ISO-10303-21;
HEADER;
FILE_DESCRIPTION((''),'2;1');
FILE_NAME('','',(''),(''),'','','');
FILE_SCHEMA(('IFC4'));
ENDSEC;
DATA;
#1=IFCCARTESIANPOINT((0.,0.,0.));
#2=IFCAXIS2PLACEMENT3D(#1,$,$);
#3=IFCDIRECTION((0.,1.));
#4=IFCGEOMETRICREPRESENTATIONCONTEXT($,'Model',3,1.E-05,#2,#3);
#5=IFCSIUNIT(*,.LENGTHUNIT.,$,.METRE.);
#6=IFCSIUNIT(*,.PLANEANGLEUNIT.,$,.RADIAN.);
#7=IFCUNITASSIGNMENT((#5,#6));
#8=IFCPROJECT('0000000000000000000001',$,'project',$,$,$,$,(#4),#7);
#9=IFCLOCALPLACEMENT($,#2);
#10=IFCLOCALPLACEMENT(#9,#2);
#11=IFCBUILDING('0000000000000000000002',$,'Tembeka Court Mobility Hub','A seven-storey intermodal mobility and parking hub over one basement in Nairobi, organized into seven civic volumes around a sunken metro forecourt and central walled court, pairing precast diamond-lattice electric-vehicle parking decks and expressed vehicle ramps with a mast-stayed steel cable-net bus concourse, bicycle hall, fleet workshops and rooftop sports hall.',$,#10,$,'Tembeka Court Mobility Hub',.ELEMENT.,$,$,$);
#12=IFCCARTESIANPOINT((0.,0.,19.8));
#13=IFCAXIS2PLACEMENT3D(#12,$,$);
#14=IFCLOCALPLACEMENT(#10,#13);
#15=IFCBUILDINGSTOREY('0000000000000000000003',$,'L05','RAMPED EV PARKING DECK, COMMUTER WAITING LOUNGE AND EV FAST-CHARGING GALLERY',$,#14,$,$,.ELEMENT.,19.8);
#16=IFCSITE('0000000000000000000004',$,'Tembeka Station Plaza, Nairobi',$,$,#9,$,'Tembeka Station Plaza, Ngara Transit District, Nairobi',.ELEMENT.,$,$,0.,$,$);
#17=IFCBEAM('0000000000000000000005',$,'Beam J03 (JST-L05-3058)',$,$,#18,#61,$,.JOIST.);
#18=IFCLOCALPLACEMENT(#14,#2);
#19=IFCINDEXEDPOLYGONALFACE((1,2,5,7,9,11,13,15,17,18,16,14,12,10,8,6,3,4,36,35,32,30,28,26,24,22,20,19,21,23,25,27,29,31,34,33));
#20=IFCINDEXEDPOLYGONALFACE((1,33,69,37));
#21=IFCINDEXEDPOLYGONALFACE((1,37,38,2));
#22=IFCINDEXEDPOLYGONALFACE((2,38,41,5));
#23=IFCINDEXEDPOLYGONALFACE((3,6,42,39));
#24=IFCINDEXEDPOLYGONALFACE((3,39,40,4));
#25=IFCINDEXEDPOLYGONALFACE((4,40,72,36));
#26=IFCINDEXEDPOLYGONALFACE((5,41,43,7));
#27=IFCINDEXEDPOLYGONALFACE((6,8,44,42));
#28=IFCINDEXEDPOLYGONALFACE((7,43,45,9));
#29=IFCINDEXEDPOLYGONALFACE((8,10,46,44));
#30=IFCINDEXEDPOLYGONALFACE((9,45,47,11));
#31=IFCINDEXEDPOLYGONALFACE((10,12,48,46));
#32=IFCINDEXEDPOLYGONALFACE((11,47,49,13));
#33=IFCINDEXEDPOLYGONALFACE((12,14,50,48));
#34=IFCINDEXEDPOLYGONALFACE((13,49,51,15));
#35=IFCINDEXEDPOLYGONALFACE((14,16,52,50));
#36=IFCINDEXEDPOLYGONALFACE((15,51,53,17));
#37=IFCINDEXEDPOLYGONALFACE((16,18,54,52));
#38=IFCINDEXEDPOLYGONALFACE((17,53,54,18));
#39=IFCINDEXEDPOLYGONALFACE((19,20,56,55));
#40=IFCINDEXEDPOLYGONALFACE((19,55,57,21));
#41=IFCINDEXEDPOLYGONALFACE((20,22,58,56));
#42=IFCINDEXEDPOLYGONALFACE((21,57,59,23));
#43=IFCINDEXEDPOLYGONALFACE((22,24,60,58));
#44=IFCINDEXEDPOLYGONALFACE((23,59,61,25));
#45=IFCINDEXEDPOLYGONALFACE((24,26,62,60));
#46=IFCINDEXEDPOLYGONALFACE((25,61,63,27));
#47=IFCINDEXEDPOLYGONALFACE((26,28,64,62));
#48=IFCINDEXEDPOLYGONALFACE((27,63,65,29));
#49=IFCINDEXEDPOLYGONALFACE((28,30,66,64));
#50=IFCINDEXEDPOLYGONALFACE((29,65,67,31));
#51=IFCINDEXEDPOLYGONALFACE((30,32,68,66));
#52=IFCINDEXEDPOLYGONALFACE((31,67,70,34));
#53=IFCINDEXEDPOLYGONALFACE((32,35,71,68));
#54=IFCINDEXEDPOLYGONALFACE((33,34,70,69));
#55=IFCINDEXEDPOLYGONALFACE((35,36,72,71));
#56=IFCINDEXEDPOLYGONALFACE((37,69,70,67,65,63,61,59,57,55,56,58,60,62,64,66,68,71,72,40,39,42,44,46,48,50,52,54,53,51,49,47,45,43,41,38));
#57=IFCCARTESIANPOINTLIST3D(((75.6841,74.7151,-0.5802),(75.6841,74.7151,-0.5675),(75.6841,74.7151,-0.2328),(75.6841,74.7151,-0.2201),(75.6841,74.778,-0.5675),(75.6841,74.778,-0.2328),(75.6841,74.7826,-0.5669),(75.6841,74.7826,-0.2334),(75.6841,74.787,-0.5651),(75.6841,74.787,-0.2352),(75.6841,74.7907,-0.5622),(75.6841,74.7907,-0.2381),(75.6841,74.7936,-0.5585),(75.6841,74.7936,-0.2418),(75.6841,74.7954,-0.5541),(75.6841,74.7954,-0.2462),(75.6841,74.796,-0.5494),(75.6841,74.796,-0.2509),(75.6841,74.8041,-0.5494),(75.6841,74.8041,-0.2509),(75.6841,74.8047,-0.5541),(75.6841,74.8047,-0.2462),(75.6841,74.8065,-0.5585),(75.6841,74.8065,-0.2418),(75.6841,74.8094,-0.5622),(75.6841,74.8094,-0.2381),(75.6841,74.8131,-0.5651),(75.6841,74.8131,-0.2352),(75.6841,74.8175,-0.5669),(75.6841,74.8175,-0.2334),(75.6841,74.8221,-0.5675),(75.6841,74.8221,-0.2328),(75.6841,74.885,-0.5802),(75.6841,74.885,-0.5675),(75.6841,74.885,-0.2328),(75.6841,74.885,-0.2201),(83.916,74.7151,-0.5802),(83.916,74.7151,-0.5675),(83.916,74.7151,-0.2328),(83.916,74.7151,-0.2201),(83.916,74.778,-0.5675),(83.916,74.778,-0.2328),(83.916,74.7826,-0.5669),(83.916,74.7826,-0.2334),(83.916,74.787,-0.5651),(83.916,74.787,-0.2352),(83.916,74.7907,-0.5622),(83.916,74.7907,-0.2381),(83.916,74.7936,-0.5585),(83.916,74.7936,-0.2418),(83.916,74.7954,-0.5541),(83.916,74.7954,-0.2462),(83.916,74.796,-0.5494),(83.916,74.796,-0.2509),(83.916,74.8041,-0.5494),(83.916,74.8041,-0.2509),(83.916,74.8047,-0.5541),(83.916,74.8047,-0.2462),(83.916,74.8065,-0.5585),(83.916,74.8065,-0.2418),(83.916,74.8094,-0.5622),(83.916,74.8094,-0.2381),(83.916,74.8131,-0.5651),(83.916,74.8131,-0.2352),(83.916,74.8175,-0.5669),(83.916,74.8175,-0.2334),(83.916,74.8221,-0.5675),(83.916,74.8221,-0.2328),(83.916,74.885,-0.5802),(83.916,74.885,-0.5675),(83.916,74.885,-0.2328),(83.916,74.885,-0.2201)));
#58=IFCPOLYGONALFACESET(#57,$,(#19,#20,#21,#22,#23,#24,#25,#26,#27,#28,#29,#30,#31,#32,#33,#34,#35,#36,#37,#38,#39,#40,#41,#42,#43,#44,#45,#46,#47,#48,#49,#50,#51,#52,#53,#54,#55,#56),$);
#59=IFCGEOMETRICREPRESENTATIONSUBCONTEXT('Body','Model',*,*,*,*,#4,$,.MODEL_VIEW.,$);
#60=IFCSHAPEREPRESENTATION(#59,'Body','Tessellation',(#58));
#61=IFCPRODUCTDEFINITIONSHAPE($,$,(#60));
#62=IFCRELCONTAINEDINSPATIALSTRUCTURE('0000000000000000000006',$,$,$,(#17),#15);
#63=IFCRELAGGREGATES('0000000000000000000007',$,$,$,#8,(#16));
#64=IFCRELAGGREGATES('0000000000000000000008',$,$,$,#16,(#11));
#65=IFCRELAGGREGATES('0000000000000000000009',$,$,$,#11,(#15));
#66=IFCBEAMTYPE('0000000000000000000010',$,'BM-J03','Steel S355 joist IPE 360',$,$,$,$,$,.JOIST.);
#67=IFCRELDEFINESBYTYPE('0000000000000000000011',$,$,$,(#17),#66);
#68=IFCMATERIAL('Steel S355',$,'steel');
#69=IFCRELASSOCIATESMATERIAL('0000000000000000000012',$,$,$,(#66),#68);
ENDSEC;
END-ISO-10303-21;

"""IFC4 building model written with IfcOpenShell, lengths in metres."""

from ifc_helpers import new_model, si_unit, direction, frame, origin, origin_2d, place, context, subcontext, project, spatial, i_section, extrude, material, material_profile, profile_set, type_object, element, save


model = new_model("IFC4")

# Units and contexts
model_context = context("Model", 3, precision=1e-05, world=origin(), true_north=direction((0.0, 1.0)))
body_context = subcontext(model_context, "Body", "Model", "MODEL_VIEW")
ifc_project = project(units=[si_unit("LENGTHUNIT", "METRE"), si_unit("PLANEANGLEUNIT", "RADIAN")], contexts=[model_context])

# Site, building, storey
site_placement = place(None, origin())
site = spatial("IfcSite", under=ifc_project, at=site_placement, Name="Tembeka Station Plaza, Nairobi", LongName="Tembeka Station Plaza, Ngara Transit District, Nairobi", CompositionType="ELEMENT", RefElevation=0.0)
building_placement = place(site_placement, origin())
building = spatial("IfcBuilding", under=site, at=building_placement, Name="Tembeka Court Mobility Hub", Description="A seven-storey intermodal mobility and parking hub over one basement in Nairobi, organized into seven civic volumes around a sunken metro forecourt and central walled court, pairing precast diamond-lattice electric-vehicle parking decks and expressed vehicle ramps with a mast-stayed steel cable-net bus concourse, bicycle hall, fleet workshops and rooftop sports hall.", LongName="Tembeka Court Mobility Hub", CompositionType="ELEMENT")
storey_placement = place(building_placement, frame((0.0, 0.0, 19.8)))
storey = spatial("IfcBuildingStorey", under=building, at=storey_placement, Name="L05", Description="RAMPED EV PARKING DECK, COMMUTER WAITING LOUNGE AND EV FAST-CHARGING GALLERY", CompositionType="ELEMENT", Elevation=19.8)

# Shared definitions
ifc_material = material(Name="Steel S355", Category="steel")

# Beam
ifc_material_profile_1 = material_profile(ifc_material, i_section(OverallWidth=0.1699, OverallDepth=0.3601, WebThickness=0.0081, FlangeThickness=0.0127, FilletRadius=0.0181, at=origin_2d()), Name="IPE 360")
ifc_profile_set_1 = profile_set([ifc_material_profile_1], Name="Steel S355")
beam_type_1 = type_object("IfcBeamType", Name="BM-J03", Description="Steel S355 joist IPE 360", PredefinedType="JOIST", material=ifc_profile_set_1)
beam_1_placement = place(storey_placement, frame((75.6841, 74.8, -0.4001), z_axis=(1.0, 0.0, 0.0), x_axis=(0.0, 1.0, 0.0)))
element("IfcBeam", 1, at=beam_1_placement, inside=storey, type_object=beam_type_1, Name="Beam J03 (JST-L05-3058)", PredefinedType="JOIST", context=body_context, shape_type="SweptSolid", body=[
    extrude(i_section(OverallWidth=0.1699, OverallDepth=0.3601, WebThickness=0.0081, FlangeThickness=0.0127, FilletRadius=0.0181, at=origin_2d()), origin(), (0.0, 0.0, 1.0), 8.2319),
])

save(model, "model.ifc")
